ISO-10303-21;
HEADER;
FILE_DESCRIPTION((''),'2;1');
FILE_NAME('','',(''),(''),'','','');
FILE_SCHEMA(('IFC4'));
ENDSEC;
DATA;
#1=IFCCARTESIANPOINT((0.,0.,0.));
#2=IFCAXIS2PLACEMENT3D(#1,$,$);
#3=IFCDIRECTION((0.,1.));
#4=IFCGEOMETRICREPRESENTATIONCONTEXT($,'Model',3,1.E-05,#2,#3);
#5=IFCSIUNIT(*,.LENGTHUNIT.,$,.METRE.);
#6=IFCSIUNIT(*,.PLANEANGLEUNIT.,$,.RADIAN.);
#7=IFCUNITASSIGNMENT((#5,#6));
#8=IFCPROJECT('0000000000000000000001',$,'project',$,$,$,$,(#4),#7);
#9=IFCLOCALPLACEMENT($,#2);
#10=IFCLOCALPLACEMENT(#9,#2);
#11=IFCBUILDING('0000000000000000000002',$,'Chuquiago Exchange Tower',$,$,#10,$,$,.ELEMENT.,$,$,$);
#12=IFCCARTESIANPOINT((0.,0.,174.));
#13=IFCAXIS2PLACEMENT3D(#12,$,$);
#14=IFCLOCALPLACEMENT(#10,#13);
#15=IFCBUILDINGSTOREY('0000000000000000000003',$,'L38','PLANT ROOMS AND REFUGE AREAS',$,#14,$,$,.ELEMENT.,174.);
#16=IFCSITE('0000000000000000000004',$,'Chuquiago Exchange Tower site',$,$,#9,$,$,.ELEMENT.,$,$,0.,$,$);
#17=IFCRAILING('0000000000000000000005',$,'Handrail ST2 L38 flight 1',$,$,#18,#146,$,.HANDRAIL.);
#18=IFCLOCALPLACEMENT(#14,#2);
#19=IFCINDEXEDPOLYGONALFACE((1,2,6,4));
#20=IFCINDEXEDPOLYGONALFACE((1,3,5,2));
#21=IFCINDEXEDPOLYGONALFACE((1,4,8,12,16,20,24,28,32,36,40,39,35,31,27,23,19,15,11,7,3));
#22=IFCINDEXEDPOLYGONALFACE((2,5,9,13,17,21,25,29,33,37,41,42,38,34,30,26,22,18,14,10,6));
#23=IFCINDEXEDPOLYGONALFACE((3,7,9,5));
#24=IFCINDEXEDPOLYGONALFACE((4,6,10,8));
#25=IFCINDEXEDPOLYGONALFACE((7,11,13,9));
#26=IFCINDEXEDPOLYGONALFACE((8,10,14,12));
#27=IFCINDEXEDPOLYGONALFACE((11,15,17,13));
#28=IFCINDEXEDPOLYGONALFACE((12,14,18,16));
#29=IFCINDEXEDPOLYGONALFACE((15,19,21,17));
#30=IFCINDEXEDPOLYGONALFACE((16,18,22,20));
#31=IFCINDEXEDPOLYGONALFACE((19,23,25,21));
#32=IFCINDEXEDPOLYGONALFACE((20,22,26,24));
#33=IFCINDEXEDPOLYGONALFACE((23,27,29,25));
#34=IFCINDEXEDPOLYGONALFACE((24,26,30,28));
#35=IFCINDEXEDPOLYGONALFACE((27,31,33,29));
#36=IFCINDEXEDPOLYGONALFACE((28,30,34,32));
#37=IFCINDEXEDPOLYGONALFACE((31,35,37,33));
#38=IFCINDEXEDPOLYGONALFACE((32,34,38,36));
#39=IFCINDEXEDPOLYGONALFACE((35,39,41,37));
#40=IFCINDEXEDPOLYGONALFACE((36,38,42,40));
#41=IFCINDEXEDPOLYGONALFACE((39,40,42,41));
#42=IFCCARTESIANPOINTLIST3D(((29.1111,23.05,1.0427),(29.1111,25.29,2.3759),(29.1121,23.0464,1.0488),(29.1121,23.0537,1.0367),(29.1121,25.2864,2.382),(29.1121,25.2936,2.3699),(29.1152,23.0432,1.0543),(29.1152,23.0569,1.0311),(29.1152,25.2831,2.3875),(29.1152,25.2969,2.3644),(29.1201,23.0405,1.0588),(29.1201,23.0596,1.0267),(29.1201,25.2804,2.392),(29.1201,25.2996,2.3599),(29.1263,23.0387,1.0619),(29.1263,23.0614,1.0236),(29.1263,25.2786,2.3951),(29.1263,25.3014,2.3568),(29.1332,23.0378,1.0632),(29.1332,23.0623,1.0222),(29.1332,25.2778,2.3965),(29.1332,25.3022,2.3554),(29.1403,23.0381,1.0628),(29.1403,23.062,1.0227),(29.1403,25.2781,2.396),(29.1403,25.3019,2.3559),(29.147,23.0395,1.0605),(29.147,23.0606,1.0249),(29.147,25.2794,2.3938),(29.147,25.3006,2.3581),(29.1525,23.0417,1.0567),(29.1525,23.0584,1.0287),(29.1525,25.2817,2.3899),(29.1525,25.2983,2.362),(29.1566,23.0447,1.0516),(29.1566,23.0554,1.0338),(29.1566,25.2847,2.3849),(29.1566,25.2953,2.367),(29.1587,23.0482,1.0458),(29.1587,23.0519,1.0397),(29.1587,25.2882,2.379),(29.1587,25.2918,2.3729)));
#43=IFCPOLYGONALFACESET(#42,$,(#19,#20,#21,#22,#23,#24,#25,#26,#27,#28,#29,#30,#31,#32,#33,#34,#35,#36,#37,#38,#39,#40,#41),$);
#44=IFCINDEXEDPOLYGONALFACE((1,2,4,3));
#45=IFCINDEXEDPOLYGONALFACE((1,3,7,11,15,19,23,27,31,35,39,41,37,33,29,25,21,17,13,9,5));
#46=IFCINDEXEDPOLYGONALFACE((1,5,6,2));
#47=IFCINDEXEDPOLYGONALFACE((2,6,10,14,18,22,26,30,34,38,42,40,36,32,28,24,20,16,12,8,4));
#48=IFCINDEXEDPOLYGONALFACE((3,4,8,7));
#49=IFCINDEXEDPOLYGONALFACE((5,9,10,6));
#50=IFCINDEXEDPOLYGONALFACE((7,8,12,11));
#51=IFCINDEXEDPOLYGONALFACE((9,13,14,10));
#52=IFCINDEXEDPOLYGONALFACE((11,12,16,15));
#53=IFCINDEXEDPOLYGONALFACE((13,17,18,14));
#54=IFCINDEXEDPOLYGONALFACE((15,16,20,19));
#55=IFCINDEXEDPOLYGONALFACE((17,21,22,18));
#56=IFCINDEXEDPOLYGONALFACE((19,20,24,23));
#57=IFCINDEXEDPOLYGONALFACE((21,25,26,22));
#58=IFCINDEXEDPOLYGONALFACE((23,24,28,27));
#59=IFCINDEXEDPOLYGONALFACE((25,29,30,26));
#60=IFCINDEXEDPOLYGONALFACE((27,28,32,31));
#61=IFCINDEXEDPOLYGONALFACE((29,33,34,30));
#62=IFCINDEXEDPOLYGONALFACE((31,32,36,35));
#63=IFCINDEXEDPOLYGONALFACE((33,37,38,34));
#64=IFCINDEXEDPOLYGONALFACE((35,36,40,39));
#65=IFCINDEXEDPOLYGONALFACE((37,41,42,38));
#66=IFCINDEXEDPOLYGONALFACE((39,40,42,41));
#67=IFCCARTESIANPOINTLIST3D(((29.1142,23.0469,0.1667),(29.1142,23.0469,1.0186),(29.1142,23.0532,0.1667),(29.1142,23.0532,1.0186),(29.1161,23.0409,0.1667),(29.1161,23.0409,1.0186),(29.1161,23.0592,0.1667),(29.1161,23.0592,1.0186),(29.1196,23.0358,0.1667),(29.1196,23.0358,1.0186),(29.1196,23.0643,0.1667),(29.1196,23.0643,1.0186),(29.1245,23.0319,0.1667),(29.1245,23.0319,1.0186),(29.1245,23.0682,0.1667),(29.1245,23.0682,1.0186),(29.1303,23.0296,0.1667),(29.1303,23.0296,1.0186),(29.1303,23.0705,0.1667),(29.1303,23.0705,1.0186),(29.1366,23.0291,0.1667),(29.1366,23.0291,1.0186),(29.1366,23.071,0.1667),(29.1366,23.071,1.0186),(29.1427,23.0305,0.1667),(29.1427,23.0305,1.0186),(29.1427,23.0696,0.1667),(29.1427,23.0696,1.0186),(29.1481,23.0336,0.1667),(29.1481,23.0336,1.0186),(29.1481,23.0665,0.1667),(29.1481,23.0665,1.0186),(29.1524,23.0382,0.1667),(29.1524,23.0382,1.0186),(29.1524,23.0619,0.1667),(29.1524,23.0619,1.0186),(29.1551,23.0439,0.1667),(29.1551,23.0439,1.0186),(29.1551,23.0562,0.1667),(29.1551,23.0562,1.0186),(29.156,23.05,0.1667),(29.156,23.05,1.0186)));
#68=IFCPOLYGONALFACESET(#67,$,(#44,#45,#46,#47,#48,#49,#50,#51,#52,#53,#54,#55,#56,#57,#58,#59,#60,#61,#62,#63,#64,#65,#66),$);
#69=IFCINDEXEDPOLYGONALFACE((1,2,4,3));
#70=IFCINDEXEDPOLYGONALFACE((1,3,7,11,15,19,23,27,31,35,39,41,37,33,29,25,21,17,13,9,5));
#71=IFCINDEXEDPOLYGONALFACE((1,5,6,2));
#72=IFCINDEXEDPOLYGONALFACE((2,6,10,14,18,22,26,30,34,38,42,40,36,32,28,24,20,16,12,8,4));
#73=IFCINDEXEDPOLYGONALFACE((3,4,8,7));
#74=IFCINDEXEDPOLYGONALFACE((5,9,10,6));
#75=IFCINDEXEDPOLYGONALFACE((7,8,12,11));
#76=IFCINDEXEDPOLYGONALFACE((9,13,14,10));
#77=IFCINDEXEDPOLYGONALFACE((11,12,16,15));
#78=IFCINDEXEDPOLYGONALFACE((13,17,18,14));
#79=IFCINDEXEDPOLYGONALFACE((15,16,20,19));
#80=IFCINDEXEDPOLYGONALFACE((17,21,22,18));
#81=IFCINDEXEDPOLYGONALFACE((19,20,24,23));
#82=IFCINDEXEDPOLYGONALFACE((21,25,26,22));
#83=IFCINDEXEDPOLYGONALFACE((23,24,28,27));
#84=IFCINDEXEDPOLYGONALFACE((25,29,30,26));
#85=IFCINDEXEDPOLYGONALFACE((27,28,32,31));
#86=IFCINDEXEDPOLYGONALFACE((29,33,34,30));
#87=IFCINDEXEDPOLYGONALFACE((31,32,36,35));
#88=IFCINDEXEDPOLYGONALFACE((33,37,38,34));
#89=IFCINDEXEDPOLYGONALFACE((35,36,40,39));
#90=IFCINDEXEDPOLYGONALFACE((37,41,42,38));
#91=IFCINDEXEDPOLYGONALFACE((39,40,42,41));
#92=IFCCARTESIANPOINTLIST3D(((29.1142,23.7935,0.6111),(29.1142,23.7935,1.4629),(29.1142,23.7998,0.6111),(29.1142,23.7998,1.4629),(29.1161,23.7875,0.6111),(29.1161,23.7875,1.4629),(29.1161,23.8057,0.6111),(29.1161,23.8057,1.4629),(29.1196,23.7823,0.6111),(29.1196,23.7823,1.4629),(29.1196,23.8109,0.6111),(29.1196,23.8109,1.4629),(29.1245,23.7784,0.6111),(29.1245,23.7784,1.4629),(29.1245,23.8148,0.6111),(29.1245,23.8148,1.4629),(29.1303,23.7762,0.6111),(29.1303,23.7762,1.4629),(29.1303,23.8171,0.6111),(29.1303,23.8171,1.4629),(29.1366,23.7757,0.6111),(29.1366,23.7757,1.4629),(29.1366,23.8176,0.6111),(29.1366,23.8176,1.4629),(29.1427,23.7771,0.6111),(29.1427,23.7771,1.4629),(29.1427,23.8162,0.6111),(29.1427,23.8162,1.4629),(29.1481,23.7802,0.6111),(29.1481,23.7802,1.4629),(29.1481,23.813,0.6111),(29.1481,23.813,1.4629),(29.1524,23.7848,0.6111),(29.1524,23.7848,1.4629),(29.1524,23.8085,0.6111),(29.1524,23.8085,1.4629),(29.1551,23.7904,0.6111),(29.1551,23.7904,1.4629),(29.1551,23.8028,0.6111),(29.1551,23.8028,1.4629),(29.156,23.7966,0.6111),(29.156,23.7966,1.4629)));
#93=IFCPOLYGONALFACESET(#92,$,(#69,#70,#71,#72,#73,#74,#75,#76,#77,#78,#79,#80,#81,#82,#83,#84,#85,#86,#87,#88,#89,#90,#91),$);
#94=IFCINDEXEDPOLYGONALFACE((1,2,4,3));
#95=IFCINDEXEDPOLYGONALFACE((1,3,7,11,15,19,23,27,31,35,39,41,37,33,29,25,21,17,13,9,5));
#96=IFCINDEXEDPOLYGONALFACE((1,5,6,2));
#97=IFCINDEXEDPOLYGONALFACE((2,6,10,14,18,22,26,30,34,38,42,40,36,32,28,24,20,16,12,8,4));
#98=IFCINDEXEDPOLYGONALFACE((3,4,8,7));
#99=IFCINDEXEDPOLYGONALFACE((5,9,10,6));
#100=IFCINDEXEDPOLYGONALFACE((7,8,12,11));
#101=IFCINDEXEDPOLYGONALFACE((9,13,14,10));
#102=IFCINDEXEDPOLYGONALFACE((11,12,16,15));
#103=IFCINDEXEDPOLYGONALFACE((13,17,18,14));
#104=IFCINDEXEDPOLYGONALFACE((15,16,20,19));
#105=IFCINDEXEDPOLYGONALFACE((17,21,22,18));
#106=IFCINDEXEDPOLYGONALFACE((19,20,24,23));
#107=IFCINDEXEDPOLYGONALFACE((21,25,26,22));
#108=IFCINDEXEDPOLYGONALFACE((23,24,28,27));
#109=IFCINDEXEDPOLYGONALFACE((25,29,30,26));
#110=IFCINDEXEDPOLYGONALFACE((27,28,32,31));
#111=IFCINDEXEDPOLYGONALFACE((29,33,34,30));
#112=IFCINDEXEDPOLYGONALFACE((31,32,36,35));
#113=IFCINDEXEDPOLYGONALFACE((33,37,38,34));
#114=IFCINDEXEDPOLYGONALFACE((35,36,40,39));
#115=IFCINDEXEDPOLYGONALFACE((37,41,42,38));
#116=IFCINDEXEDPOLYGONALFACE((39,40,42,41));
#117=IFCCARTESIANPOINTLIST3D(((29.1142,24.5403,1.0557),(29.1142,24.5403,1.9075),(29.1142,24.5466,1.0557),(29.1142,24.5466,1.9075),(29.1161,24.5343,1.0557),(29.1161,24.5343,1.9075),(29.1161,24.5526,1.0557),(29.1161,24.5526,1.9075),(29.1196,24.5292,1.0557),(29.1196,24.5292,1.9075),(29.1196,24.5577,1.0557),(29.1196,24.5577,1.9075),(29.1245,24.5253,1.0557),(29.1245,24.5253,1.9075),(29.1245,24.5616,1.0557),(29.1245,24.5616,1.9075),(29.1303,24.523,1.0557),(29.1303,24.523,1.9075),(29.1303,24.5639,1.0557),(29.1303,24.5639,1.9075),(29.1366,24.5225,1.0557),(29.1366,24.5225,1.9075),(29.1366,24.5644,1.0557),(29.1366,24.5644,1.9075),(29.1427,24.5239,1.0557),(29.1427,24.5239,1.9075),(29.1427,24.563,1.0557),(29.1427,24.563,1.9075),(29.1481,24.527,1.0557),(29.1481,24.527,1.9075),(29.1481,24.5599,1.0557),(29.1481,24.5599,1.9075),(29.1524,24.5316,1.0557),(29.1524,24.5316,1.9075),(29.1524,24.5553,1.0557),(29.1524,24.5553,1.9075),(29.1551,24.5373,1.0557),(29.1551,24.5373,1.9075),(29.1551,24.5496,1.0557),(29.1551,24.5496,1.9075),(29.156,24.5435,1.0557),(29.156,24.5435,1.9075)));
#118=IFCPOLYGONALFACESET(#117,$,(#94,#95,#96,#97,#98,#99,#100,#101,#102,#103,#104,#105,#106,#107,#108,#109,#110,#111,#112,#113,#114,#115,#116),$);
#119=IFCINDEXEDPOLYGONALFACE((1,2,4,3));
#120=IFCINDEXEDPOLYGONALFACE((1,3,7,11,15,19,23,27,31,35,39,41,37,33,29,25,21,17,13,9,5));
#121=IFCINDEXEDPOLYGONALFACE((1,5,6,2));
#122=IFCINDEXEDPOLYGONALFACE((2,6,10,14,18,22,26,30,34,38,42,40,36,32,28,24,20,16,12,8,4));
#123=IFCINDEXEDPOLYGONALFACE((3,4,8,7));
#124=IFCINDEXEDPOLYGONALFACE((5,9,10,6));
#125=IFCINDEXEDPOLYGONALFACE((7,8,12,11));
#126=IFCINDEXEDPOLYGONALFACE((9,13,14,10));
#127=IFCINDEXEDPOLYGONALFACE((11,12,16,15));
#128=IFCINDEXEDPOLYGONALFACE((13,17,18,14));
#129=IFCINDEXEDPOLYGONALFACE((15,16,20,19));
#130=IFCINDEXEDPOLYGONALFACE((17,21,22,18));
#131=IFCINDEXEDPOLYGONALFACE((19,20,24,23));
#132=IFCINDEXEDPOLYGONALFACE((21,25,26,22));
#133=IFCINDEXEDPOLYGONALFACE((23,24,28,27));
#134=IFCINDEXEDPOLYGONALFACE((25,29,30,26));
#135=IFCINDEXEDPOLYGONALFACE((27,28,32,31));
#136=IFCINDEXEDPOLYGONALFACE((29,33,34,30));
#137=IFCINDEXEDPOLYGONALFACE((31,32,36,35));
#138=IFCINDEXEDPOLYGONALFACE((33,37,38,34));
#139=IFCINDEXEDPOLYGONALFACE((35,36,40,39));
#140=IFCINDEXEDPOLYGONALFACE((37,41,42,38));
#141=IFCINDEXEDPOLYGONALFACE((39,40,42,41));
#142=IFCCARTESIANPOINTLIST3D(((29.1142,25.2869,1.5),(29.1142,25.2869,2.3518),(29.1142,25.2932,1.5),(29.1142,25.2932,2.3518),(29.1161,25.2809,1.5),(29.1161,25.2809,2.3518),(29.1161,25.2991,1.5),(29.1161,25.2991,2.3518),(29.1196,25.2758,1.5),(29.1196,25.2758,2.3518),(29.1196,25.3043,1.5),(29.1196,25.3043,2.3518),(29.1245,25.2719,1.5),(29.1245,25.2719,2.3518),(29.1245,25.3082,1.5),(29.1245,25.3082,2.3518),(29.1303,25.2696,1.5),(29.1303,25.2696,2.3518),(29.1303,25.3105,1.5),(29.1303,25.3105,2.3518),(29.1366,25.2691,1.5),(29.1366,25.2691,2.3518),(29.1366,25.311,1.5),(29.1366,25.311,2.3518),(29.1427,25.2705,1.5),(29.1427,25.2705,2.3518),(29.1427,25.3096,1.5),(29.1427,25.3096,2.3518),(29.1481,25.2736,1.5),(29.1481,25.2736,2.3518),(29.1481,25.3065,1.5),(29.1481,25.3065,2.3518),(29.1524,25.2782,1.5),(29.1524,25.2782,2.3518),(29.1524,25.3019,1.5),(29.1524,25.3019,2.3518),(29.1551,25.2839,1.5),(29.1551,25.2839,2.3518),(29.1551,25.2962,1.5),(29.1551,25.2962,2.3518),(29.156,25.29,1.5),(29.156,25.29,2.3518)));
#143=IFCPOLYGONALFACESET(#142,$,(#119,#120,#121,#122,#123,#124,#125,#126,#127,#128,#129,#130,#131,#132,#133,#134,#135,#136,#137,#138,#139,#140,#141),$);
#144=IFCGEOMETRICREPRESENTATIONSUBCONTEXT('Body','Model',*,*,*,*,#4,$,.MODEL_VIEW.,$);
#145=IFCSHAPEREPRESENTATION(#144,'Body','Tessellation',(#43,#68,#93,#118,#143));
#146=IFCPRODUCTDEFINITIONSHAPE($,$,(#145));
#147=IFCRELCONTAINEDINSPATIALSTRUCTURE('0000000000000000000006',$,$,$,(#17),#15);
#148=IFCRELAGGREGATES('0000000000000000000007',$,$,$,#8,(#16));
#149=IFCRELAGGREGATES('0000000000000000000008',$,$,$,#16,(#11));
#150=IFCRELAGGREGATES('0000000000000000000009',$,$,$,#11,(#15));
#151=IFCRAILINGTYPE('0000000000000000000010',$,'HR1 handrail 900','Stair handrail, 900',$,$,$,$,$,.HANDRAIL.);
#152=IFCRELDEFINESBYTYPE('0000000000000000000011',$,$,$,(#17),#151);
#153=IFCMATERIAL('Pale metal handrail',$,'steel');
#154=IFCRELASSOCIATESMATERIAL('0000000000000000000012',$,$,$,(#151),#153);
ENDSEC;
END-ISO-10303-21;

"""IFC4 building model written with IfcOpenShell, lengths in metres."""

from ifc_helpers import new_model, si_unit, direction, frame, origin, origin_2d, place, context, subcontext, project, spatial, circle, extrude, material, type_object, element, save


model = new_model("IFC4")

# Units and contexts
model_context = context("Model", 3, precision=1e-05, world=origin(), true_north=direction((0.0, 1.0)))
body_context = subcontext(model_context, "Body", "Model", "MODEL_VIEW")
ifc_project = project(units=[si_unit("LENGTHUNIT", "METRE"), si_unit("PLANEANGLEUNIT", "RADIAN")], contexts=[model_context])

# Site, building, storey
site_placement = place(None, origin())
site = spatial("IfcSite", under=ifc_project, at=site_placement, Name="Chuquiago Exchange Tower site", CompositionType="ELEMENT", RefElevation=0.0)
building_placement = place(site_placement, origin())
building = spatial("IfcBuilding", under=site, at=building_placement, Name="Chuquiago Exchange Tower", CompositionType="ELEMENT")
storey_placement = place(building_placement, frame((0.0, 0.0, 174.0)))
storey = spatial("IfcBuildingStorey", under=building, at=storey_placement, Name="L38", Description="PLANT ROOMS AND REFUGE AREAS", CompositionType="ELEMENT", Elevation=174.0)

# Railing
ifc_material_1 = material(Name="Pale metal handrail", Category="steel")
railing_type = type_object("IfcRailingType", Name="HR1 handrail 900", Description="Stair handrail, 900", PredefinedType="HANDRAIL", material=ifc_material_1)
for number, where, name in (
    (1, (29.135, 23.05, 0.1667), "Handrail ST2 L38 flight 1"),
):
    element("IfcRailing", number, at=place(storey_placement, frame(where)), inside=storey, type_object=railing_type, Name=name, PredefinedType="HANDRAIL", context=body_context, shape_type="SweptSolid", body=[
        extrude(circle(Radius=0.0239, at=origin_2d()), frame((0.0, 0.0, 0.876), z_axis=(0.0, 0.859306, 0.511462), x_axis=(-1.0, 0.0, 0.0)), (0.0, 0.0, 1.0), 2.6067),
        extrude(circle(Radius=0.021, at=origin_2d()), origin(), (0.0, 0.0, 1.0), 0.8518),
        extrude(circle(Radius=0.021, at=origin_2d()), frame((0.0, 0.7466, 0.4443)), (0.0, 0.0, 1.0), 0.8518),
        extrude(circle(Radius=0.021, at=origin_2d()), frame((0.0, 1.4934, 0.8889)), (0.0, 0.0, 1.0), 0.8518),
        extrude(circle(Radius=0.021, at=origin_2d()), frame((0.0, 2.24, 1.3333)), (0.0, 0.0, 1.0), 0.8518),
    ])

save(model, "model.ifc")
